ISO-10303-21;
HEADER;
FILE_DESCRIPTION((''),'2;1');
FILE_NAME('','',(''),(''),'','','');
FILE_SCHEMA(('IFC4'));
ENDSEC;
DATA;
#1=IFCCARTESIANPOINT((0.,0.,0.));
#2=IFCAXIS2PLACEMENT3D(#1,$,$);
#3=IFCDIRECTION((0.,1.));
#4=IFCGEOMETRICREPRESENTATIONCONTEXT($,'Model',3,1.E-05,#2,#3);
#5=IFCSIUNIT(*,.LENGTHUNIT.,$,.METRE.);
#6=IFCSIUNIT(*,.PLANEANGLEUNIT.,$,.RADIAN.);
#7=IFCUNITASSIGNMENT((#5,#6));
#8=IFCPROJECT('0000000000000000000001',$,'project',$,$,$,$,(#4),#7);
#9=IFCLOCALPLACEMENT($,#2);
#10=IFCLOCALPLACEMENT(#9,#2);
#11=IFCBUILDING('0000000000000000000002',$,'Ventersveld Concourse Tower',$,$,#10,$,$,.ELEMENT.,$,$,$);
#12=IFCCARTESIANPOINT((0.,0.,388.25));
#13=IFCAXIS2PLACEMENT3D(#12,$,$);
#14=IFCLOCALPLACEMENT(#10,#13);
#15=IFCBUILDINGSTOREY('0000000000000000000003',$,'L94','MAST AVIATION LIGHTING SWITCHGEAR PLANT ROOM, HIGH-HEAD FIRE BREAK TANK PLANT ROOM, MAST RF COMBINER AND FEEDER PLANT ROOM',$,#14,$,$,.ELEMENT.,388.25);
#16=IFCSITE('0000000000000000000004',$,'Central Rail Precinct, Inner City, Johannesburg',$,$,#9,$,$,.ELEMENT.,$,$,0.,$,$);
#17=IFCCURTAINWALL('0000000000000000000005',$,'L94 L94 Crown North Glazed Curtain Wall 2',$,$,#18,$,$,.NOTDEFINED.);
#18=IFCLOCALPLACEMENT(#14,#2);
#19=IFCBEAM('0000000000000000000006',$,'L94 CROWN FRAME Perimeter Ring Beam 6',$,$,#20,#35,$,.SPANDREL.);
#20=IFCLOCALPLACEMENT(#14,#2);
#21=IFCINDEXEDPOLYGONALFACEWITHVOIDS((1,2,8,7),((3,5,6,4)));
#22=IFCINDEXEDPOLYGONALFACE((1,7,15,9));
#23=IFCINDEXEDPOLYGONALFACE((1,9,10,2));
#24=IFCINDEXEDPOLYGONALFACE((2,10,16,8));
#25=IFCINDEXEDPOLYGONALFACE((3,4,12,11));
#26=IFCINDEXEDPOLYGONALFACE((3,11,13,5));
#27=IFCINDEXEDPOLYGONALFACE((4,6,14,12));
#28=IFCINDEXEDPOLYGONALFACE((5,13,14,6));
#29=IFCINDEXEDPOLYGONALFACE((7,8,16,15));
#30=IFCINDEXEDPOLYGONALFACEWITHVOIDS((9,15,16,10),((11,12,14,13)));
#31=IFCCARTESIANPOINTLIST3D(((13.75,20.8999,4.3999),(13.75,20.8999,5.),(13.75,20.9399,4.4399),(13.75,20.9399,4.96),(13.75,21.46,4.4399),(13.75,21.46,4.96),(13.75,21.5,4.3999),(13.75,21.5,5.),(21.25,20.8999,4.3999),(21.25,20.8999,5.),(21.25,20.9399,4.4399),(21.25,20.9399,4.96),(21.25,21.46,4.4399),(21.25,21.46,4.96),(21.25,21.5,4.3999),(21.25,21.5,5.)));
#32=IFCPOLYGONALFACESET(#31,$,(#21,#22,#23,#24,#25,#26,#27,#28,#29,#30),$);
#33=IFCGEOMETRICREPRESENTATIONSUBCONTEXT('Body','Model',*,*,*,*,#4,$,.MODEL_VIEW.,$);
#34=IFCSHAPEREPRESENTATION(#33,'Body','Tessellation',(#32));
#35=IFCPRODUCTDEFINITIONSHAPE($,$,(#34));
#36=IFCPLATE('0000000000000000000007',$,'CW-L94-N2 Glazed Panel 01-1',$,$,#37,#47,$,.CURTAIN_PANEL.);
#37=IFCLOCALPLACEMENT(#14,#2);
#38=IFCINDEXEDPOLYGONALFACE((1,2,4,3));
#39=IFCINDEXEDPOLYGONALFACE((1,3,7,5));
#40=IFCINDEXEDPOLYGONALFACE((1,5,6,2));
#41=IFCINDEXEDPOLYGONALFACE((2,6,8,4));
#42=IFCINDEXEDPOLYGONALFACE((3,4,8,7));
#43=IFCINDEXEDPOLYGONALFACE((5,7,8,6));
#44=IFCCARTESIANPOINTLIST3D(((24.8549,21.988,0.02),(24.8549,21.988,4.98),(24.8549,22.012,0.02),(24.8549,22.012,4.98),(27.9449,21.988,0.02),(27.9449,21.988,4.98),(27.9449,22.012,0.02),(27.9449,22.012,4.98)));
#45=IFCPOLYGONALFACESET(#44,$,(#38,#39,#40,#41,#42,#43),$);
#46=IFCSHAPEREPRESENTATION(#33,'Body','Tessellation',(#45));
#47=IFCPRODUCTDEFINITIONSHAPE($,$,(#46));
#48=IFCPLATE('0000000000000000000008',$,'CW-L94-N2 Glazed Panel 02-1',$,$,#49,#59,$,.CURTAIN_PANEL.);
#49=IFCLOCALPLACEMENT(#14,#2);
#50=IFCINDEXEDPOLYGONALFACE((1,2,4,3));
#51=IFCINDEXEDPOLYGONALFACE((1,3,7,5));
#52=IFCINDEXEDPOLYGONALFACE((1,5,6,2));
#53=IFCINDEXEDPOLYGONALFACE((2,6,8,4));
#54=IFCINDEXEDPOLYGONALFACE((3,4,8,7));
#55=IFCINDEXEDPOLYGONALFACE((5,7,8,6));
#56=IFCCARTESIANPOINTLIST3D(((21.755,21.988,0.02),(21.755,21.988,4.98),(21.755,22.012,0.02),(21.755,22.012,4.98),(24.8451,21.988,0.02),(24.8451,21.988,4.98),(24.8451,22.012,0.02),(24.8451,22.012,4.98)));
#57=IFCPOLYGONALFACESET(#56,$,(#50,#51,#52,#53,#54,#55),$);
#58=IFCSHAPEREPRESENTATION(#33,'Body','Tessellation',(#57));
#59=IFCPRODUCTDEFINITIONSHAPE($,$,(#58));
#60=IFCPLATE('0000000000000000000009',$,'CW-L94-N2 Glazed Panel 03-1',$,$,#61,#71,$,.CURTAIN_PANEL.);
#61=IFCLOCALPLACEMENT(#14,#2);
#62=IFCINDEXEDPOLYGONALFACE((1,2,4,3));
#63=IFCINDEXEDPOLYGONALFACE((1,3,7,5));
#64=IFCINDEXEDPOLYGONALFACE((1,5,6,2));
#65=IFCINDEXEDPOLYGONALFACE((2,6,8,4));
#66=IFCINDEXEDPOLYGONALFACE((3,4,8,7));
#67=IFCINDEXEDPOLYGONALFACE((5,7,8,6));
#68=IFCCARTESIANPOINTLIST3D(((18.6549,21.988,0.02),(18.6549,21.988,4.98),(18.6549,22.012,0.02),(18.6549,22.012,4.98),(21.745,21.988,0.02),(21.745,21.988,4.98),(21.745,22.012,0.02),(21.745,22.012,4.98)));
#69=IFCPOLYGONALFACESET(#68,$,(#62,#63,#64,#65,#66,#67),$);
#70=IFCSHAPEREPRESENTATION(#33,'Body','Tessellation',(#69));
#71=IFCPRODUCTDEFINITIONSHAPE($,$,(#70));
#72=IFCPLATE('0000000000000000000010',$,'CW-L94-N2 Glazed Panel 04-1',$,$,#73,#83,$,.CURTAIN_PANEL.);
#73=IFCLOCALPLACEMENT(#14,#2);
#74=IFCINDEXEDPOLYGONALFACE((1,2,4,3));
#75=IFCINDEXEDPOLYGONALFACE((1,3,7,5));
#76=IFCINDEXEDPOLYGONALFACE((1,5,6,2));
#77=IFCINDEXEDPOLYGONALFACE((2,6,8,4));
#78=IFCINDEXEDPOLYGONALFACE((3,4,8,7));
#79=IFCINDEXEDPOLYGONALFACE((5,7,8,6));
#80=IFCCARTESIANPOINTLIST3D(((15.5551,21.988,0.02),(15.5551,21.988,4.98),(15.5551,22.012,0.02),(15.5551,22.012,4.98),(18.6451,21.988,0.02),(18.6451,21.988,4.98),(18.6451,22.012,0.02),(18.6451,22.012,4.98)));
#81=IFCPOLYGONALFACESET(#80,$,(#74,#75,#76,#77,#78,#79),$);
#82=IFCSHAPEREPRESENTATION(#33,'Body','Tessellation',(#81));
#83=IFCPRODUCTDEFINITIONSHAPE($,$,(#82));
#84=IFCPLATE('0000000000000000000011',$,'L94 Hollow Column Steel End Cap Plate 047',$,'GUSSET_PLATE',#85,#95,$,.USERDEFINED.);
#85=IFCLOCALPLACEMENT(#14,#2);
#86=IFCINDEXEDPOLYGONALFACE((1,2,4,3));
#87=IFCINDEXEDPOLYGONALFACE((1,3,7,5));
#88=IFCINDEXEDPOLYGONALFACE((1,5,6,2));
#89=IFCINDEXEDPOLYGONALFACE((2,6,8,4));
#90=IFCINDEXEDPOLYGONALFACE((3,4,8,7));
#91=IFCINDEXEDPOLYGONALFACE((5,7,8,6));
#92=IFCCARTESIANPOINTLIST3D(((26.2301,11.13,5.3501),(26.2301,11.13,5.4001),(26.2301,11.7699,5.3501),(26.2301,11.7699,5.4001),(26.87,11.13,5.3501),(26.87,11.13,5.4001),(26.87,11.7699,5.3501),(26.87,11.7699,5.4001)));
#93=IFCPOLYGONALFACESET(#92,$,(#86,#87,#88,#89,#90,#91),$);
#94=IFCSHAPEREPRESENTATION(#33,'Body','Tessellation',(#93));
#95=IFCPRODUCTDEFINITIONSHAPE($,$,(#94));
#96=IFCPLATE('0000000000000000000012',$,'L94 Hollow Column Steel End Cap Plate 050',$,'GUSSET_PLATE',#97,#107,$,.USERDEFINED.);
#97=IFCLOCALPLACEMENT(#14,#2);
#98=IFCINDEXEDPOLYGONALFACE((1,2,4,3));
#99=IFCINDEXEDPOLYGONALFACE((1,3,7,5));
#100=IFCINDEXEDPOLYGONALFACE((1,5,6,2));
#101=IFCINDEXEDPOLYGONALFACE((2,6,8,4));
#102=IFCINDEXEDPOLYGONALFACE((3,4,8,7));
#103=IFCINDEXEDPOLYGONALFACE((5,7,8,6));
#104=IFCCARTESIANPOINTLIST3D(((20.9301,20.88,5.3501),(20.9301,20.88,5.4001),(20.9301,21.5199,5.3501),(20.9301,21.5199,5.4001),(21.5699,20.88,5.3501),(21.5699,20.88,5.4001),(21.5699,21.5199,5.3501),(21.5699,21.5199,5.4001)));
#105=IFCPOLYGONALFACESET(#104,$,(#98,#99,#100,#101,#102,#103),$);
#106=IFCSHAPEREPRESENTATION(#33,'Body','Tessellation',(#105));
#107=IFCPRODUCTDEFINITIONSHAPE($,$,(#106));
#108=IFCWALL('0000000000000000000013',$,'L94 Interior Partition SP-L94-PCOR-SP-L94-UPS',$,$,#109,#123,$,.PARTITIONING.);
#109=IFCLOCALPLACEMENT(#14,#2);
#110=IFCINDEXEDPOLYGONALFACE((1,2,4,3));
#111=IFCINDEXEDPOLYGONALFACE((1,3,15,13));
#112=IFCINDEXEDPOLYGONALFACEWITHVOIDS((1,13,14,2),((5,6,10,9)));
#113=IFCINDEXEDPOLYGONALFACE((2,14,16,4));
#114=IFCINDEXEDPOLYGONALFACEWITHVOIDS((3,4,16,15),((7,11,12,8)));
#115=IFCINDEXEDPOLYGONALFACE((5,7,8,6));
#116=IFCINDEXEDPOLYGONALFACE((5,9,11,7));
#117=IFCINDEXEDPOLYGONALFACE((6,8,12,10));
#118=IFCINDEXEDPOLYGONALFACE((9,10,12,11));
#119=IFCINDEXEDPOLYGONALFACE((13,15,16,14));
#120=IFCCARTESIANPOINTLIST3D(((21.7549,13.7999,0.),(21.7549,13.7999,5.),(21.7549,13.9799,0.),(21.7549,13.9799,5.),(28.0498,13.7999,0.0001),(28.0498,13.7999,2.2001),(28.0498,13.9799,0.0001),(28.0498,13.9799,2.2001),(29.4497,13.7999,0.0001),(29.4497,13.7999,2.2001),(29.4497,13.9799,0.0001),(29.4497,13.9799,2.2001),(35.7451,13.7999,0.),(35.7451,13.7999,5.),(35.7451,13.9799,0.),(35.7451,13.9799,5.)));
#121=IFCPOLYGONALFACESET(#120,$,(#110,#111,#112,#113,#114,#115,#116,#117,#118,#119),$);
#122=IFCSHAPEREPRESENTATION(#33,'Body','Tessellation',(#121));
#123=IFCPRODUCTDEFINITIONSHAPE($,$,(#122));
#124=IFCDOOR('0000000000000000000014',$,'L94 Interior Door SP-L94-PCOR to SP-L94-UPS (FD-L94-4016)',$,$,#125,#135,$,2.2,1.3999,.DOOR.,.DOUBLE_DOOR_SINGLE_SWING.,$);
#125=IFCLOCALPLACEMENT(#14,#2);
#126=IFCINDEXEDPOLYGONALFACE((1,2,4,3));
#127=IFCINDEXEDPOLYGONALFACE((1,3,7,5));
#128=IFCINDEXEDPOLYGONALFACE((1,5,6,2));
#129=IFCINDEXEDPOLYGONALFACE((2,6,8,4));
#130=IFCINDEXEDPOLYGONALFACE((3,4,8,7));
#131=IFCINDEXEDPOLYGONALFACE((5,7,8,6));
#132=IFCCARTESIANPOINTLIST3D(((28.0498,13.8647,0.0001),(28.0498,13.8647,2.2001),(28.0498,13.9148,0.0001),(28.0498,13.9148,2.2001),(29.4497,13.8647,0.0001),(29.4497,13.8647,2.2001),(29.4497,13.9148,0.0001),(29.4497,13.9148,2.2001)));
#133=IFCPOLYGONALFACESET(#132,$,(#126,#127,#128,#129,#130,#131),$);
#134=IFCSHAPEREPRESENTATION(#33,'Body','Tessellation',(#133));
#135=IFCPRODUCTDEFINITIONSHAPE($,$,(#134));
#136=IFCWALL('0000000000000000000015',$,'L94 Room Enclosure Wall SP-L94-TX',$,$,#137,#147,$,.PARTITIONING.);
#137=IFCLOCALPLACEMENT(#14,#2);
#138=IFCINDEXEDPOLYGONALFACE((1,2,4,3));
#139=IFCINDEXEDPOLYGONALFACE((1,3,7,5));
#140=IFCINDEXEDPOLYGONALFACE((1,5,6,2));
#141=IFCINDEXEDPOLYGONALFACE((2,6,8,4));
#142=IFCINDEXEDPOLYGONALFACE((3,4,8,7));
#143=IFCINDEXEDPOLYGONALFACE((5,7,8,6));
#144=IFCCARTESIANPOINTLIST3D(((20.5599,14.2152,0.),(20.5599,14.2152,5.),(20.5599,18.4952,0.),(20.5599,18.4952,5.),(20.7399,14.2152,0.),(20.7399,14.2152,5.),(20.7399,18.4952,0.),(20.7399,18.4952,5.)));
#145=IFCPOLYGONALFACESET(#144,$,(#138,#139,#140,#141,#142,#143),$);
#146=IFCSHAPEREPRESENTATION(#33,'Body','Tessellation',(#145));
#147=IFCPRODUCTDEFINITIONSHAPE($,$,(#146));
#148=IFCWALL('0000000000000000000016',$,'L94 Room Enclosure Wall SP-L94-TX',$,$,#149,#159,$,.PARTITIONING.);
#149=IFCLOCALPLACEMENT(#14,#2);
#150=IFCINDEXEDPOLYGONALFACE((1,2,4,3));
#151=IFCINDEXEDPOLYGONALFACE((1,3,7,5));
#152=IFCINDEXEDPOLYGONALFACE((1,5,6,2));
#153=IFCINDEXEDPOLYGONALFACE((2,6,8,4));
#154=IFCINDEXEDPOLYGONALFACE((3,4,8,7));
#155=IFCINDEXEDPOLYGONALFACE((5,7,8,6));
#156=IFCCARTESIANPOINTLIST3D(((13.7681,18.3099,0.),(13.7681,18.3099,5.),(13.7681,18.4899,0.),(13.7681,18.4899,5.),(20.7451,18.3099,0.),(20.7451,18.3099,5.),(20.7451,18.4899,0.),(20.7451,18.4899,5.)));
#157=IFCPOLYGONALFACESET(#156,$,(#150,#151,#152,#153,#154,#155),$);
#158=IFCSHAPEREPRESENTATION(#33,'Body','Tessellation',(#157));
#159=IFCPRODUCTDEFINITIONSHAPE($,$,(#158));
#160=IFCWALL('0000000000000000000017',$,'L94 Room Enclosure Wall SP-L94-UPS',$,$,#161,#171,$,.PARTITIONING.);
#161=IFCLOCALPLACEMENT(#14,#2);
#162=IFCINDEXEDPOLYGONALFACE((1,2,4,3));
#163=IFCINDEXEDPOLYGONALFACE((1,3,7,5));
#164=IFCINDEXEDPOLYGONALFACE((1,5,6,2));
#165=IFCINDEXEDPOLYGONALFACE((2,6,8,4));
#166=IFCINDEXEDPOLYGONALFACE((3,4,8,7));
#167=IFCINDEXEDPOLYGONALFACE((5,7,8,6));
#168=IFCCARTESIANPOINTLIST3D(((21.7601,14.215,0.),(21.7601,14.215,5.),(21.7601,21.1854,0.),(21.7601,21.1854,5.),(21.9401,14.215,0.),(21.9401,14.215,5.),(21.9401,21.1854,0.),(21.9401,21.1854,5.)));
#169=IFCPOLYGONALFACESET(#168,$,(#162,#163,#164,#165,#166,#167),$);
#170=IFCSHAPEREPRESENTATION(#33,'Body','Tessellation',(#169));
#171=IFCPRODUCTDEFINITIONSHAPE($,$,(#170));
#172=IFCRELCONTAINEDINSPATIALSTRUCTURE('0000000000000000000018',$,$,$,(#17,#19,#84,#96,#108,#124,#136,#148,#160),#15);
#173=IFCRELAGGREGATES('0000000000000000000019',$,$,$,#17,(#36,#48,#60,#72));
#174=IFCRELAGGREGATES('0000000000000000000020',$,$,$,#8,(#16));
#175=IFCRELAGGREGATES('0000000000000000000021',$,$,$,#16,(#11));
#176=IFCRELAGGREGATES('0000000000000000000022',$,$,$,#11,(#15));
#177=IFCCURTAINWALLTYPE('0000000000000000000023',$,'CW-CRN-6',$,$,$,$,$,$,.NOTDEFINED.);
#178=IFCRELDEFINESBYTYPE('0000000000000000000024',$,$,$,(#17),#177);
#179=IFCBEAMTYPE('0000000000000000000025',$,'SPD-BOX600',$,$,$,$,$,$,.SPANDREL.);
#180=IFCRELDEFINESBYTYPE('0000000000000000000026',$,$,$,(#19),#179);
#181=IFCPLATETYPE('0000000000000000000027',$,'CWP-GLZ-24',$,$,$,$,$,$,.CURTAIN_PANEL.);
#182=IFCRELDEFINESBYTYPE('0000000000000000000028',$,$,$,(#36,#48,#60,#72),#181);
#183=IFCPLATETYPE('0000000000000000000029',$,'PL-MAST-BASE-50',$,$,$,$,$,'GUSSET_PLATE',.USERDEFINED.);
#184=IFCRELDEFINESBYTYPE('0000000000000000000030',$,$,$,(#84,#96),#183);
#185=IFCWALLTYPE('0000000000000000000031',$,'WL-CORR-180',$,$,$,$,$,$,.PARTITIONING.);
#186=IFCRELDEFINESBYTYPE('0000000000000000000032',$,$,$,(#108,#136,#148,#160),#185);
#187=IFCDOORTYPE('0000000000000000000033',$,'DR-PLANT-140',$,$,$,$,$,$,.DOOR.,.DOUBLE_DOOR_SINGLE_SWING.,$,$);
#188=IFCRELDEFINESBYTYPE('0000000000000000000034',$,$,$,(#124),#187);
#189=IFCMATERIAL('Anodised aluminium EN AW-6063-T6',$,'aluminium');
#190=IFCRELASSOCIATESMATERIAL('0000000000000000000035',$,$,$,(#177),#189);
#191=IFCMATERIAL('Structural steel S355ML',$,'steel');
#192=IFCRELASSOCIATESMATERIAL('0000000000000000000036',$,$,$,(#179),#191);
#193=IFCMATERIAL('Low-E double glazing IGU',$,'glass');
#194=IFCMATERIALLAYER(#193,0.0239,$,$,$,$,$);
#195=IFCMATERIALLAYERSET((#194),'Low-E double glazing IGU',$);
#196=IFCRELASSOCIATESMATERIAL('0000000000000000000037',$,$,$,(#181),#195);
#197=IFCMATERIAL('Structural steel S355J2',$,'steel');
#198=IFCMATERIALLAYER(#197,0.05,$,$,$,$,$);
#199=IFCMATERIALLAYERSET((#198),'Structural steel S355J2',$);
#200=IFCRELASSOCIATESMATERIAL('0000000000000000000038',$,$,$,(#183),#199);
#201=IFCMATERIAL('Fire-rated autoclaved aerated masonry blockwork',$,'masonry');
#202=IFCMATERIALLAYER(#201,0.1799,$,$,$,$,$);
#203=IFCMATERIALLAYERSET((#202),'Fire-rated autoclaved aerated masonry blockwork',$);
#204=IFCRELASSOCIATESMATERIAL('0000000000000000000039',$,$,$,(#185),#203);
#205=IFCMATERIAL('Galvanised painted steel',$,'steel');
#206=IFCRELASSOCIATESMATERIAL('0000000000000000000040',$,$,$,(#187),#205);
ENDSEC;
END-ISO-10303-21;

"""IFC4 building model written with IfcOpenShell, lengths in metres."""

from ifc_helpers import new_model, si_unit, direction, frame, frame_2d, origin, origin_2d, place, context, subcontext, project, spatial, rectangle, hollow_rectangle, extrude, material, layer, layer_set, material_profile, profile_set, type_object, element, fill, aggregate, save


model = new_model("IFC4")

# Units and contexts
model_context = context("Model", 3, precision=1e-05, world=origin(), true_north=direction((0.0, 1.0)))
body_context = subcontext(model_context, "Body", "Model", "MODEL_VIEW")
ifc_project = project(units=[si_unit("LENGTHUNIT", "METRE"), si_unit("PLANEANGLEUNIT", "RADIAN")], contexts=[model_context])

# Site, building, storey
site_placement = place(None, origin())
site = spatial("IfcSite", under=ifc_project, at=site_placement, Name="Central Rail Precinct, Inner City, Johannesburg", CompositionType="ELEMENT", RefElevation=0.0)
building_placement = place(site_placement, origin())
building = spatial("IfcBuilding", under=site, at=building_placement, Name="Ventersveld Concourse Tower", CompositionType="ELEMENT")
storey_placement = place(building_placement, frame((0.0, 0.0, 388.25)))
storey = spatial("IfcBuildingStorey", under=building, at=storey_placement, Name="L94", Description="MAST AVIATION LIGHTING SWITCHGEAR PLANT ROOM, HIGH-HEAD FIRE BREAK TANK PLANT ROOM, MAST RF COMBINER AND FEEDER PLANT ROOM", CompositionType="ELEMENT", Elevation=388.25)

# Shared definitions
ifc_material_1 = material(Name="Structural steel S355ML", Category="steel")

# Curtain wall
ifc_material_2 = material(Name="Anodised aluminium EN AW-6063-T6", Category="aluminium")
curtain_wall_type = type_object("IfcCurtainWallType", Name="CW-CRN-6", PredefinedType="NOTDEFINED", material=ifc_material_2)
curtain_wall_placement = place(storey_placement, origin())
curtain_wall = element("IfcCurtainWall", 1, at=curtain_wall_placement, inside=storey, type_object=curtain_wall_type, Name="L94 L94 Crown North Glazed Curtain Wall 2", PredefinedType="NOTDEFINED")

# Beam
ifc_material_profile_1 = material_profile(ifc_material_1, hollow_rectangle(XDim=0.6001, YDim=0.6001, WallThickness=0.04, at=origin_2d()), Name="BOX 600x600x40")
ifc_profile_set_1 = profile_set([ifc_material_profile_1], Name="Structural steel S355ML")
beam_type = type_object("IfcBeamType", Name="SPD-BOX600", PredefinedType="SPANDREL", material=ifc_profile_set_1)
beam_placement = place(storey_placement, frame((21.25, 21.2, 4.7), z_axis=(-1.0, 0.0, 0.0), x_axis=(0.0, -1.0, 0.0)))
element("IfcBeam", 2, at=beam_placement, inside=storey, type_object=beam_type, Name="L94 CROWN FRAME Perimeter Ring Beam 6", PredefinedType="SPANDREL", context=body_context, shape_type="SweptSolid", body=[
    extrude(hollow_rectangle(XDim=0.6001, YDim=0.6001, WallThickness=0.04, at=origin_2d()), origin(), (0.0, 0.0, 1.0), 7.5),
])

# Plates
ifc_material_3 = material(Name="Low-E double glazing IGU", Category="glass")
ifc_layer_1 = layer(ifc_material_3, 0.0239)
ifc_layer_set_1 = layer_set([ifc_layer_1], Name="Low-E double glazing IGU")
plate_type_1 = type_object("IfcPlateType", Name="CWP-GLZ-24", PredefinedType="CURTAIN_PANEL", material=ifc_layer_set_1)
plate_1_placement = place(storey_placement, frame((26.3999, 22.0, 0.02), z_axis=(0.0, 0.0, 1.0), x_axis=(-1.0, 0.0, 0.0)))
plate_1 = element("IfcPlate", 3, at=plate_1_placement, type_object=plate_type_1, Name="CW-L94-N2 Glazed Panel 01-1", PredefinedType="CURTAIN_PANEL", context=body_context, shape_type="SweptSolid", body=[
    extrude(rectangle(XDim=3.0901, YDim=0.0239, at=origin_2d()), origin(), (0.0, 0.0, 1.0), 4.96),
])
plate_2_placement = place(storey_placement, frame((23.3, 22.0, 0.02), z_axis=(0.0, 0.0, 1.0), x_axis=(-1.0, 0.0, 0.0)))
plate_2 = element("IfcPlate", 4, at=plate_2_placement, type_object=plate_type_1, Name="CW-L94-N2 Glazed Panel 02-1", PredefinedType="CURTAIN_PANEL", context=body_context, shape_type="SweptSolid", body=[
    extrude(rectangle(XDim=3.0901, YDim=0.0239, at=origin_2d()), origin(), (0.0, 0.0, 1.0), 4.96),
])
plate_3_placement = place(storey_placement, frame((20.2, 22.0, 0.02), z_axis=(0.0, 0.0, 1.0), x_axis=(-1.0, 0.0, 0.0)))
plate_3 = element("IfcPlate", 5, at=plate_3_placement, type_object=plate_type_1, Name="CW-L94-N2 Glazed Panel 03-1", PredefinedType="CURTAIN_PANEL", context=body_context, shape_type="SweptSolid", body=[
    extrude(rectangle(XDim=3.0901, YDim=0.0239, at=origin_2d()), origin(), (0.0, 0.0, 1.0), 4.96),
])
plate_4_placement = place(storey_placement, frame((17.1001, 22.0, 0.02), z_axis=(0.0, 0.0, 1.0), x_axis=(-1.0, 0.0, 0.0)))
plate_4 = element("IfcPlate", 6, at=plate_4_placement, type_object=plate_type_1, Name="CW-L94-N2 Glazed Panel 04-1", PredefinedType="CURTAIN_PANEL", context=body_context, shape_type="SweptSolid", body=[
    extrude(rectangle(XDim=3.0901, YDim=0.0239, at=origin_2d()), origin(), (0.0, 0.0, 1.0), 4.96),
])
aggregate(curtain_wall, [plate_1, plate_2, plate_3, plate_4])

# Plates
ifc_material_4 = material(Name="Structural steel S355J2", Category="steel")
ifc_layer_2 = layer(ifc_material_4, 0.05)
ifc_layer_set_2 = layer_set([ifc_layer_2], Name="Structural steel S355J2")
plate_type_2 = type_object("IfcPlateType", Name="PL-MAST-BASE-50", ElementType="GUSSET_PLATE", PredefinedType="USERDEFINED", material=ifc_layer_set_2)
for number, where, z_axis, x_axis, name in (
    (7, (26.55, 11.45, 5.3501), (0.0, 0.0, 1.0), (1.0, 0.0, 0.0), "L94 Hollow Column Steel End Cap Plate 047"),
    (8, (21.25, 21.2, 5.3501), (0.0, 0.0, 1.0), (1.0, 0.0, 0.0), "L94 Hollow Column Steel End Cap Plate 050"),
):
    element("IfcPlate", number, at=place(storey_placement, frame(where, z_axis=z_axis, x_axis=x_axis)), inside=storey, type_object=plate_type_2, Name=name, ObjectType="GUSSET_PLATE", PredefinedType="USERDEFINED", context=body_context, shape_type="SweptSolid", body=[
        extrude(rectangle(XDim=0.6399, YDim=0.6399, at=origin_2d()), origin(), (0.0, 0.0, 1.0), 0.05),
    ])

# Wall, opening, door
ifc_material_5 = material(Name="Fire-rated autoclaved aerated masonry blockwork", Category="masonry")
ifc_layer_3 = layer(ifc_material_5, 0.1799)
ifc_layer_set_3 = layer_set([ifc_layer_3], Name="Fire-rated autoclaved aerated masonry blockwork")
wall_type_1 = type_object("IfcWallType", Name="WL-CORR-180", PredefinedType="PARTITIONING", material=ifc_layer_set_3)
wall_1_placement = place(storey_placement, frame((21.7549, 13.8899, 0.0), z_axis=(0.0, 0.0, 1.0), x_axis=(1.0, 0.0, 0.0)))
wall_1 = element("IfcWall", 9, at=wall_1_placement, inside=storey, type_object=wall_type_1, Name="L94 Interior Partition SP-L94-PCOR-SP-L94-UPS", PredefinedType="PARTITIONING", context=body_context, shape_type="SweptSolid", body=[
    extrude(rectangle(XDim=13.9902, YDim=0.1799, at=frame_2d((6.9951, 0.0))), origin(), (0.0, 0.0, 1.0), 5.0),
])
opening_1_placement = place(wall_1_placement, frame((6.2949, 0.0, 0.0)))
opening_1 = element("IfcOpeningElement", 10, at=opening_1_placement, cuts=wall_1, PredefinedType="OPENING", context=body_context, shape_type="SweptSolid", body=[
    extrude(rectangle(XDim=1.3999, YDim=2.2, at=frame_2d((0.7, 1.1001))), frame((0.0, 0.1001, 0.0), z_axis=(0.0, -1.0, 0.0), x_axis=(1.0, 0.0, 0.0)), (0.0, 0.0, 1.0), 0.2),
])
ifc_material_6 = material(Name="Galvanised painted steel", Category="steel")
door_type = type_object("IfcDoorType", Name="DR-PLANT-140", OperationType="DOUBLE_DOOR_SINGLE_SWING", PredefinedType="DOOR", material=ifc_material_6)
door_1_placement = place(opening_1_placement, origin())
door_1 = element("IfcDoor", 11, at=door_1_placement, inside=storey, type_object=door_type, Name="L94 Interior Door SP-L94-PCOR to SP-L94-UPS (FD-L94-4016)", OperationType="DOUBLE_DOOR_SINGLE_SWING", OverallHeight=2.2, OverallWidth=1.3999, PredefinedType="DOOR", context=body_context, shape_type="SweptSolid", body=[
    extrude(rectangle(XDim=1.3999, YDim=2.2, at=frame_2d((0.7, 1.1001))), frame((0.0, 0.0249, 0.0), z_axis=(0.0, -1.0, 0.0), x_axis=(1.0, 0.0, 0.0)), (0.0, 0.0, 1.0), 0.05),
])
fill(opening_1, door_1)

# Walls
wall_2_placement = place(storey_placement, frame((20.6499, 14.2151, 0.0), z_axis=(0.0, 0.0, 1.0), x_axis=(0.0, 1.0, 0.0)))
element("IfcWall", 12, at=wall_2_placement, inside=storey, type_object=wall_type_1, Name="L94 Room Enclosure Wall SP-L94-TX", PredefinedType="PARTITIONING", context=body_context, shape_type="SweptSolid", body=[
    extrude(rectangle(XDim=4.28, YDim=0.1799, at=frame_2d((2.1401, 0.0))), origin(), (0.0, 0.0, 1.0), 5.0),
])
wall_3_placement = place(storey_placement, frame((20.7451, 18.3999, 0.0), z_axis=(0.0, 0.0, 1.0), x_axis=(-1.0, 0.0, 0.0)))
element("IfcWall", 13, at=wall_3_placement, inside=storey, type_object=wall_type_1, Name="L94 Room Enclosure Wall SP-L94-TX", PredefinedType="PARTITIONING", context=body_context, shape_type="SweptSolid", body=[
    extrude(rectangle(XDim=6.9771, YDim=0.1799, at=frame_2d((3.4885, 0.0))), origin(), (0.0, 0.0, 1.0), 5.0),
])
wall_4_placement = place(storey_placement, frame((21.8501, 21.1855, 0.0), z_axis=(0.0, 0.0, 1.0), x_axis=(0.0, -1.0, 0.0)))
element("IfcWall", 14, at=wall_4_placement, inside=storey, type_object=wall_type_1, Name="L94 Room Enclosure Wall SP-L94-UPS", PredefinedType="PARTITIONING", context=body_context, shape_type="SweptSolid", body=[
    extrude(rectangle(XDim=6.9705, YDim=0.1799, at=frame_2d((3.4854, 0.0))), origin(), (0.0, 0.0, 1.0), 5.0),
])

save(model, "model.ifc")
